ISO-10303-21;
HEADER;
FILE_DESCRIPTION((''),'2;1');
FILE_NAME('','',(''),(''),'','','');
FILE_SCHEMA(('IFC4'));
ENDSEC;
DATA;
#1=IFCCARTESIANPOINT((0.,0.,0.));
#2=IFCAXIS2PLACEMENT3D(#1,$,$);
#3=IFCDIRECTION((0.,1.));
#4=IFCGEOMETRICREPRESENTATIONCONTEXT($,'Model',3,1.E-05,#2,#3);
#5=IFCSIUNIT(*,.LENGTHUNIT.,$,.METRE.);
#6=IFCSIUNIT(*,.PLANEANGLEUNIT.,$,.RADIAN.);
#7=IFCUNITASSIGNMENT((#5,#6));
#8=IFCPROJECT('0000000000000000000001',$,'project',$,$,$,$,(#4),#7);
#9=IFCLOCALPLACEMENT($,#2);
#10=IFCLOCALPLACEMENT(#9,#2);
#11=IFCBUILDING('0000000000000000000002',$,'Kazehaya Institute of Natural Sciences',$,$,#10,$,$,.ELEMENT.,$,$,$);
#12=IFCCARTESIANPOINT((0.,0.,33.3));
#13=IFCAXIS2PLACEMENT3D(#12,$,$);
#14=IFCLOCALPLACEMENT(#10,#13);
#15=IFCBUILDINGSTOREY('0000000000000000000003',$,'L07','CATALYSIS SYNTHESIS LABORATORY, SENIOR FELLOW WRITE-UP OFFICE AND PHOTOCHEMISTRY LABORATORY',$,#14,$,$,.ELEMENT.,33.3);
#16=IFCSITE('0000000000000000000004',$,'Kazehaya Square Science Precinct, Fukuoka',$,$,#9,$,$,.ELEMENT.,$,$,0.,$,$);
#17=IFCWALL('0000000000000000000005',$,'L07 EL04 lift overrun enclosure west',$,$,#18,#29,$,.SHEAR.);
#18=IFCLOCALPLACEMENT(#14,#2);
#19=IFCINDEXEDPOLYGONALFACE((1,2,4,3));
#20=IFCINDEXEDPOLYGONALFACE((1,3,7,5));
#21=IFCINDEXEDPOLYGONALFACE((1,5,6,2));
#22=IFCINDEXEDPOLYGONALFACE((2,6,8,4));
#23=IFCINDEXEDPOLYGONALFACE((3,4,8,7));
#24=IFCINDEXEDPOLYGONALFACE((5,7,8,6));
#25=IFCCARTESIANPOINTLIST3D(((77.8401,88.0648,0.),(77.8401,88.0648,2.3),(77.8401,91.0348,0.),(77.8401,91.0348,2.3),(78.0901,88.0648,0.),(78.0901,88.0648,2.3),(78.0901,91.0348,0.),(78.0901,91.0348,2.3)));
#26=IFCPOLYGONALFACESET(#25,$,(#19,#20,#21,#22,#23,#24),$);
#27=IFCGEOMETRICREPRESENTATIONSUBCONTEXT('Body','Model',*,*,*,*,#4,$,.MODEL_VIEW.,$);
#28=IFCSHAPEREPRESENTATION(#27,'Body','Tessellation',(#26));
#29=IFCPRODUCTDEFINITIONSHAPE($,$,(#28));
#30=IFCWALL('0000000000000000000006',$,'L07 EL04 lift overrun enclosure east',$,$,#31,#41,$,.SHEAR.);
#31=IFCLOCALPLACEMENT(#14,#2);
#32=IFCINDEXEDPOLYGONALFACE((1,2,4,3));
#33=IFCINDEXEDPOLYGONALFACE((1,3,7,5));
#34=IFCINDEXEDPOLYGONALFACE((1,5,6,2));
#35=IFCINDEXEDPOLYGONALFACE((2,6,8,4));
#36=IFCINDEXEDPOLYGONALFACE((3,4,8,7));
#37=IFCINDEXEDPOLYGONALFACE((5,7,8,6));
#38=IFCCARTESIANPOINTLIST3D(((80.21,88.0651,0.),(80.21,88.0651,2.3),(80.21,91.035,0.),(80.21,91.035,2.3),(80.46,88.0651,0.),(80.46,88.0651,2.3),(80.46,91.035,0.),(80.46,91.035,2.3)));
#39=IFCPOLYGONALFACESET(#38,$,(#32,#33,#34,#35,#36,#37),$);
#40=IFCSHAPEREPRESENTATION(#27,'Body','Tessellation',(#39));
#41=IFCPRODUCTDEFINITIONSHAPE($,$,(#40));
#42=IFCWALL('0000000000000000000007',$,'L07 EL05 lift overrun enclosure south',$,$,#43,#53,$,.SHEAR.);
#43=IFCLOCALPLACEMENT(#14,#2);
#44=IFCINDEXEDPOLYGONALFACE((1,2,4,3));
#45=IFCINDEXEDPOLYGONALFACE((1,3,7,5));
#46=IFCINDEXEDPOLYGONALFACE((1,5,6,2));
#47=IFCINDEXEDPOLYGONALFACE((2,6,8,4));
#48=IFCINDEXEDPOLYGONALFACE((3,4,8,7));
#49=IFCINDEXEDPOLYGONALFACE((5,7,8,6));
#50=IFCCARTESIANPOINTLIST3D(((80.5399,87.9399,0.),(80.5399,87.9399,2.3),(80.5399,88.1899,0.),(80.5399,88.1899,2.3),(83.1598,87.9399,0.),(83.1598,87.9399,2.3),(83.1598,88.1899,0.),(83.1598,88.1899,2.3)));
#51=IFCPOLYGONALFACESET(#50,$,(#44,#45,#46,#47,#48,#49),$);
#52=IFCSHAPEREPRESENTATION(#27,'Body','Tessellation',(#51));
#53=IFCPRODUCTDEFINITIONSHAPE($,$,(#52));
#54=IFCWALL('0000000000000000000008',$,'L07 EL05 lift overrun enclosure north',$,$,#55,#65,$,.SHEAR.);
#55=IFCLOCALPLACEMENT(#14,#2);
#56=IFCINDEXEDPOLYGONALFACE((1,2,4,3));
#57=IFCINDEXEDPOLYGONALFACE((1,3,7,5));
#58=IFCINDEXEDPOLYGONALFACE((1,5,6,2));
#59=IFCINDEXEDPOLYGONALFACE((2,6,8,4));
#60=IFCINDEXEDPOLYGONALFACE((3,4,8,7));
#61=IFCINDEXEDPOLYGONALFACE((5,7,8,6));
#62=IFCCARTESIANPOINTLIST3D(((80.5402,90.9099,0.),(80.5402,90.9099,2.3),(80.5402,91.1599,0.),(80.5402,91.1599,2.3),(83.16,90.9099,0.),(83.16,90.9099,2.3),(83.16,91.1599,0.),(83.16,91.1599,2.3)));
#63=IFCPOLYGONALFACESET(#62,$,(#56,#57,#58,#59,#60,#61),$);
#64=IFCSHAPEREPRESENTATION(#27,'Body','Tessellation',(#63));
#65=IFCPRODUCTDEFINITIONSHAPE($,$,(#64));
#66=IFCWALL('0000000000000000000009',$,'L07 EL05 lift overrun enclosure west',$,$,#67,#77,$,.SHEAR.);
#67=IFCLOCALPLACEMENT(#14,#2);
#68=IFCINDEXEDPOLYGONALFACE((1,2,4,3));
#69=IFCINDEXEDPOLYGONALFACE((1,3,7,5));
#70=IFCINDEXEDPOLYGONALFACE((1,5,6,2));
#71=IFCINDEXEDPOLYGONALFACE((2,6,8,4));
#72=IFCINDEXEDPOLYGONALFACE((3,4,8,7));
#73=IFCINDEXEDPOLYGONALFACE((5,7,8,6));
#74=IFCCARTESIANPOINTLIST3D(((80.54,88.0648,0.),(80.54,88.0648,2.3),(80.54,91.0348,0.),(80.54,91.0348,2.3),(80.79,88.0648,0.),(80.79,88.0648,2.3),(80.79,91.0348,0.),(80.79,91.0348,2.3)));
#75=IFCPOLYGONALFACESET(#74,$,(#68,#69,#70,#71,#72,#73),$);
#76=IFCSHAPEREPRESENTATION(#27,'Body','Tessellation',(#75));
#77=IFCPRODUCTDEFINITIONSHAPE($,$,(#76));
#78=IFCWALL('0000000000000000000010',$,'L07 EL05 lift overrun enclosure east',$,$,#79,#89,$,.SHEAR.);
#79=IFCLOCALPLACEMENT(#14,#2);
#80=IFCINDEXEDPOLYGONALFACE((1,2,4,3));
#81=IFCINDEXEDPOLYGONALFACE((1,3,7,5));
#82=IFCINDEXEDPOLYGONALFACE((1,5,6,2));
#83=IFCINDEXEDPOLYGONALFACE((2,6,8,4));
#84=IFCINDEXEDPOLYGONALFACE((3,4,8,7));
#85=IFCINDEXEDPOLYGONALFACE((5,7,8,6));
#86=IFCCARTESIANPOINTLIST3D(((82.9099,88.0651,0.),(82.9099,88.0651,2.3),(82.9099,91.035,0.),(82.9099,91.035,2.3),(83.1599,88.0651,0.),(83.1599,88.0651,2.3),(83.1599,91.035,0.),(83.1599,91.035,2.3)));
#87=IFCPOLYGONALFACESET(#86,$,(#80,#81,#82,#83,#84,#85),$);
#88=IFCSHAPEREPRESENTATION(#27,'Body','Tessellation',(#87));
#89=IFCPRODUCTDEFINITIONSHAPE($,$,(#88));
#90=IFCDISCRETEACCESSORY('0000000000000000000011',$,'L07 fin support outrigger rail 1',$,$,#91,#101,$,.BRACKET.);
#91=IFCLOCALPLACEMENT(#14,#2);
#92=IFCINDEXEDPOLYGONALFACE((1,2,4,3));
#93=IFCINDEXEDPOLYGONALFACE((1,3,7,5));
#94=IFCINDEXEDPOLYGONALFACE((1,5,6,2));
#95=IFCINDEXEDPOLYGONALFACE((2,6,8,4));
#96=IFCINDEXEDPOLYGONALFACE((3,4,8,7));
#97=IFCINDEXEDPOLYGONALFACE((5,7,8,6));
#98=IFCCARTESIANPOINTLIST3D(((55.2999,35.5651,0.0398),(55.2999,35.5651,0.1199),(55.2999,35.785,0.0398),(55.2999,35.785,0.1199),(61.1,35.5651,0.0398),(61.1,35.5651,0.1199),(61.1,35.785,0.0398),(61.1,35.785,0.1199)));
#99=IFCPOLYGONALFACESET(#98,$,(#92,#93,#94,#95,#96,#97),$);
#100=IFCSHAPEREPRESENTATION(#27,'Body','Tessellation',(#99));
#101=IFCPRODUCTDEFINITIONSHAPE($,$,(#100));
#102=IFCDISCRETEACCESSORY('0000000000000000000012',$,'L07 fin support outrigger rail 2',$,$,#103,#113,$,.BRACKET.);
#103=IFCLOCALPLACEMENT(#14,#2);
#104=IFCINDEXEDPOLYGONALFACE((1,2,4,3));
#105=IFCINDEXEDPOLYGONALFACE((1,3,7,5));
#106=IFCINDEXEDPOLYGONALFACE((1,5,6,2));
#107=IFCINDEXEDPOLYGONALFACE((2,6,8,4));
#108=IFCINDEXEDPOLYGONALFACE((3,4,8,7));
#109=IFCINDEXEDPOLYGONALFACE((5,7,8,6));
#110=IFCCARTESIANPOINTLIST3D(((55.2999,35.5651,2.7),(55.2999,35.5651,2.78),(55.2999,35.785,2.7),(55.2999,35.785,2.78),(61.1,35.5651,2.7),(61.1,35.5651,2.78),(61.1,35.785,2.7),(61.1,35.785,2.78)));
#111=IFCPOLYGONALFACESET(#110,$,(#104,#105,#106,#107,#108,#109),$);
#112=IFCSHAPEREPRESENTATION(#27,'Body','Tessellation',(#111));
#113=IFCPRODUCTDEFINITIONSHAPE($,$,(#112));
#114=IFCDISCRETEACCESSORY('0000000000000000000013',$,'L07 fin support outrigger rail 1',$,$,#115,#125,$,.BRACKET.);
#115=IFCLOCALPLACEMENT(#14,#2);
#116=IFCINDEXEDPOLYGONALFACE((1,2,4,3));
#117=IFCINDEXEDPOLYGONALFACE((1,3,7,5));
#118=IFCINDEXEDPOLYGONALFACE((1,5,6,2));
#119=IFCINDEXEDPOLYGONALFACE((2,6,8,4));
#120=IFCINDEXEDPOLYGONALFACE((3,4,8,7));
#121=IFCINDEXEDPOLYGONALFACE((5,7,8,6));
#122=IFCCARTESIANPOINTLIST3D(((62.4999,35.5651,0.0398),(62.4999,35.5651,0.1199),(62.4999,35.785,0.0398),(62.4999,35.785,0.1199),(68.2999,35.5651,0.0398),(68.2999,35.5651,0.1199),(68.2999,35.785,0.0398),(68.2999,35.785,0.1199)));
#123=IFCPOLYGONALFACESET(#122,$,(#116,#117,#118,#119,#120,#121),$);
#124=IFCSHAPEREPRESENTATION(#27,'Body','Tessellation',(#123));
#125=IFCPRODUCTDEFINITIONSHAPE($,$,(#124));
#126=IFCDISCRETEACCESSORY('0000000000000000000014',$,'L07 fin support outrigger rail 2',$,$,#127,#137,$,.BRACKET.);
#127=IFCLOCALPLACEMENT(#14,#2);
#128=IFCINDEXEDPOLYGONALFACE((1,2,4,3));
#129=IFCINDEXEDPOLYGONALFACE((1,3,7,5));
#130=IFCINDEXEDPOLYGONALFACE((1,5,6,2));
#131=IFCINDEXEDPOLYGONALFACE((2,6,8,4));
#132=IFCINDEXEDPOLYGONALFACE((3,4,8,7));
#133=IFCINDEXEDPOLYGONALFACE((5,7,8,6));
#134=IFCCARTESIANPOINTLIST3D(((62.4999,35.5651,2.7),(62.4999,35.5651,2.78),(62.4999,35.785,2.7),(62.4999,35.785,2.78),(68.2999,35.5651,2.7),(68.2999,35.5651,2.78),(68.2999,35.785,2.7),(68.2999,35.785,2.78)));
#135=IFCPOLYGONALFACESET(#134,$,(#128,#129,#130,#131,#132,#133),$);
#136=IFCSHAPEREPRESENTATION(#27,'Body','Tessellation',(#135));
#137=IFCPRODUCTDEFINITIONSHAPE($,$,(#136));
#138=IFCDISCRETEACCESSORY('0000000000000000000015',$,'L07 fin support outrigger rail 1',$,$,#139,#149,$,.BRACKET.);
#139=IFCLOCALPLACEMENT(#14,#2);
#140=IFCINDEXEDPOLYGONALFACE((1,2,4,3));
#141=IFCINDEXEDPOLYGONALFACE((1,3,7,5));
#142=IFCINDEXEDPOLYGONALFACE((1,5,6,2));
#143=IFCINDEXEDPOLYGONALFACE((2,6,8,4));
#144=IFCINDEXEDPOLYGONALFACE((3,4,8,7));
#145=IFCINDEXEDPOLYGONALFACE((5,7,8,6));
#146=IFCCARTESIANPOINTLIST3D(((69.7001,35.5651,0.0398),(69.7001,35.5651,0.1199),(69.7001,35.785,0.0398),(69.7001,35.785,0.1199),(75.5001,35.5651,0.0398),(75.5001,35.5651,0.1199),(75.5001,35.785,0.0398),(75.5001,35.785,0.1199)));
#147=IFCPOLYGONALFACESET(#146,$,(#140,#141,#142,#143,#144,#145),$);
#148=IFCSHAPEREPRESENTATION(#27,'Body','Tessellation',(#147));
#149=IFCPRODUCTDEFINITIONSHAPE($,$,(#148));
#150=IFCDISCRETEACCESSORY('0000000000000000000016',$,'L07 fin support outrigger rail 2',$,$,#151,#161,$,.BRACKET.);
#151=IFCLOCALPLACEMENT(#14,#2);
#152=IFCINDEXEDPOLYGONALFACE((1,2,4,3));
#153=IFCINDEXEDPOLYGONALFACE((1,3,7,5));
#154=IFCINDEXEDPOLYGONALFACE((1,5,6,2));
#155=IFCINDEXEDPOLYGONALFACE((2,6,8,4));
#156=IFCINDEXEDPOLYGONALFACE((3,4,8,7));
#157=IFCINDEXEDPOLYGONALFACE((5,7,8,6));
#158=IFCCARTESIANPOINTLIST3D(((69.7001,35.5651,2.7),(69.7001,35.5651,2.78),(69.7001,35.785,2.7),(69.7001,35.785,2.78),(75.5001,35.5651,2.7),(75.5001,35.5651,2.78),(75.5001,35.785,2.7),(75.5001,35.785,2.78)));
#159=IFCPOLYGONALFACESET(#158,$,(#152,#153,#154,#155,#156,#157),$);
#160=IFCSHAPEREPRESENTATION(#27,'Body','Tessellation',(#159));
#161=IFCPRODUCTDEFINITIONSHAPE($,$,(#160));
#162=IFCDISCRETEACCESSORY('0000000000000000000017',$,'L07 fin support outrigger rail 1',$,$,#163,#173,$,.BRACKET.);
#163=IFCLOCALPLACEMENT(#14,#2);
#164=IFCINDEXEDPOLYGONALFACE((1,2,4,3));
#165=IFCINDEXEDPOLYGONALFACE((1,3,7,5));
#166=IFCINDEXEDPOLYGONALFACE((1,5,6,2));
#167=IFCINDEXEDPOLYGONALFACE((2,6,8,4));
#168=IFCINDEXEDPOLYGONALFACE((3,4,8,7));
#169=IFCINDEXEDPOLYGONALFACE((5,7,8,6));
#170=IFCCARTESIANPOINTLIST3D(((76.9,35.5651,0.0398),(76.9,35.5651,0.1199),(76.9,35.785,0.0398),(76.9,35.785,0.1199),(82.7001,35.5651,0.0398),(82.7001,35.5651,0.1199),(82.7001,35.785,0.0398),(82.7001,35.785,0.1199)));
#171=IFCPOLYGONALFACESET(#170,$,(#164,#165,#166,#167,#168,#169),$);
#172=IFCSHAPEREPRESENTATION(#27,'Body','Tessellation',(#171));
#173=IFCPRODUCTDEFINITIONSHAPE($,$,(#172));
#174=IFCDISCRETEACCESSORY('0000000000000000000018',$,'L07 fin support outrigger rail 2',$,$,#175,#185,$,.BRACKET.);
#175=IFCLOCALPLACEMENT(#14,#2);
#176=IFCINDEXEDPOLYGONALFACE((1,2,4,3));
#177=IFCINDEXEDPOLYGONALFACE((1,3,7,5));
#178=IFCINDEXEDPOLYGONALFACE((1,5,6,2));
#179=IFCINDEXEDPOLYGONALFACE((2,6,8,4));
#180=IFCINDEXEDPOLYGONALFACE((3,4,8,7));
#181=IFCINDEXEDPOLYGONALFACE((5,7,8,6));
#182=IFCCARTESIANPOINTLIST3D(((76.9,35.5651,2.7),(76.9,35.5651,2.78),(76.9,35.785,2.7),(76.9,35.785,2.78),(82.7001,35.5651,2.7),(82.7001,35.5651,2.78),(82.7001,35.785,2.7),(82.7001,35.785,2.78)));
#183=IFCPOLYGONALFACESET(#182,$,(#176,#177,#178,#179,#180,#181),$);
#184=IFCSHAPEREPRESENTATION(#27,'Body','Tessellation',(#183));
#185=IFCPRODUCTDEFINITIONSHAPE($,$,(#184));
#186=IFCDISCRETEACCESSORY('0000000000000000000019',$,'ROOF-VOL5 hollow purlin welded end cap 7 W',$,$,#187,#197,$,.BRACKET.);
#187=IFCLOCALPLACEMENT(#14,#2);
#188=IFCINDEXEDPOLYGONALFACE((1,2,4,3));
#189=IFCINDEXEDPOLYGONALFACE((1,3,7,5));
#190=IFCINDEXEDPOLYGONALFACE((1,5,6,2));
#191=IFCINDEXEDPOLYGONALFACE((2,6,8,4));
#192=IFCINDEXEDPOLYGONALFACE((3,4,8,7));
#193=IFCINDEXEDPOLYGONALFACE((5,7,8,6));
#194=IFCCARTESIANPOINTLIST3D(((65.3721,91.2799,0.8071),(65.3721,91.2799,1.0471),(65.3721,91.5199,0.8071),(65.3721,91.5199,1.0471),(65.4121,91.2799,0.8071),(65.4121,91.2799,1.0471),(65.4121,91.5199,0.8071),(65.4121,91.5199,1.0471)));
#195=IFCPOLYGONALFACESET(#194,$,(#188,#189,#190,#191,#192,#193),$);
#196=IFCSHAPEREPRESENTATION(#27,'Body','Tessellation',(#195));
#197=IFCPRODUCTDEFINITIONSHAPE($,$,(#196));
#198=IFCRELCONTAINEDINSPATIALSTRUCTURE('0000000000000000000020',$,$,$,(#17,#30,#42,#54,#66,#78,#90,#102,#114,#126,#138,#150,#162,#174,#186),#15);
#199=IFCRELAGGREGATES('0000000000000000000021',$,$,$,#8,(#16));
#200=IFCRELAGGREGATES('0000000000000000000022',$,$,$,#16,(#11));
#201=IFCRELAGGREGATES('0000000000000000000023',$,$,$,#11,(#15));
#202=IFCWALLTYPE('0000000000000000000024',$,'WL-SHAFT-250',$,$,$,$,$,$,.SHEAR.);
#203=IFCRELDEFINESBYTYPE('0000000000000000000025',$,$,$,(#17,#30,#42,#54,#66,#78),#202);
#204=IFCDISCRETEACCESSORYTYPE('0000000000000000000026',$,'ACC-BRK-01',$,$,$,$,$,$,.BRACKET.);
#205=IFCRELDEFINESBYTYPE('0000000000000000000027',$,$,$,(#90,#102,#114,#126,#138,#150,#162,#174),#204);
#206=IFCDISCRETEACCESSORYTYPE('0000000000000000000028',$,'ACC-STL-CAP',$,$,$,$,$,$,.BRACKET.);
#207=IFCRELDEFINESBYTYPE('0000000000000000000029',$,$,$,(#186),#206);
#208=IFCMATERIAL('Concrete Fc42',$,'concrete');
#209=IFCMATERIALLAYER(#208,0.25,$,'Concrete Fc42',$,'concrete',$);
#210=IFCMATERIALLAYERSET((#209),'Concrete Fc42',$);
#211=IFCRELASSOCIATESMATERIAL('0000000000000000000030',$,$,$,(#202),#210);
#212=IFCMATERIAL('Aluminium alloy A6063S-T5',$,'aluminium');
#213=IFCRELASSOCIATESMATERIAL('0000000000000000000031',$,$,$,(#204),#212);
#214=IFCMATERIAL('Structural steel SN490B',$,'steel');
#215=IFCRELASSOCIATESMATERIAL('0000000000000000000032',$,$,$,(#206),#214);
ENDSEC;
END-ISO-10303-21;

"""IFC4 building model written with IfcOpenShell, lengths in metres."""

from ifc_helpers import new_model, si_unit, direction, frame, frame_2d, origin, origin_2d, place, context, subcontext, project, spatial, rectangle, extrude, material, layer, layer_set, type_object, element, save


model = new_model("IFC4")

# Units and contexts
model_context = context("Model", 3, precision=1e-05, world=origin(), true_north=direction((0.0, 1.0)))
body_context = subcontext(model_context, "Body", "Model", "MODEL_VIEW")
ifc_project = project(units=[si_unit("LENGTHUNIT", "METRE"), si_unit("PLANEANGLEUNIT", "RADIAN")], contexts=[model_context])

# Site, building, storey
site_placement = place(None, origin())
site = spatial("IfcSite", under=ifc_project, at=site_placement, Name="Kazehaya Square Science Precinct, Fukuoka", CompositionType="ELEMENT", RefElevation=0.0)
building_placement = place(site_placement, origin())
building = spatial("IfcBuilding", under=site, at=building_placement, Name="Kazehaya Institute of Natural Sciences", CompositionType="ELEMENT")
storey_placement = place(building_placement, frame((0.0, 0.0, 33.3)))
storey = spatial("IfcBuildingStorey", under=building, at=storey_placement, Name="L07", Description="CATALYSIS SYNTHESIS LABORATORY, SENIOR FELLOW WRITE-UP OFFICE AND PHOTOCHEMISTRY LABORATORY", CompositionType="ELEMENT", Elevation=33.3)

# Shared definitions
ifc_material_1 = material(Name="Structural steel SN490B", Category="steel")

# Shared definitions
ifc_material_2 = material(Name="Aluminium alloy A6063S-T5", Category="aluminium")

# Walls
ifc_material_3 = material(Name="Concrete Fc42", Category="concrete")
ifc_layer_1 = layer(ifc_material_3, 0.25, Name="Concrete Fc42", Category="concrete")
ifc_layer_set_1 = layer_set([ifc_layer_1], Name="Concrete Fc42")
wall_type_1 = type_object("IfcWallType", Name="WL-SHAFT-250", PredefinedType="SHEAR", material=ifc_layer_set_1)
for number, where, z_axis, x_axis, name in (
    (1, (77.9651, 88.0649, 0.0), (0.0, 0.0, 1.0), (0.0, 1.0, 0.0), "L07 EL04 lift overrun enclosure west"),
    (2, (80.335, 91.0349, 0.0), (0.0, 0.0, 1.0), (0.0, -1.0, 0.0), "L07 EL04 lift overrun enclosure east"),
):
    element("IfcWall", number, at=place(storey_placement, frame(where, z_axis=z_axis, x_axis=x_axis)), inside=storey, type_object=wall_type_1, Name=name, PredefinedType="SHEAR", context=body_context, shape_type="SweptSolid", body=[
        extrude(rectangle(XDim=2.97, YDim=0.25, at=frame_2d((1.4849, 0.0))), origin(), (0.0, 0.0, 1.0), 2.3),
    ])
for number, where, z_axis, x_axis, name in (
    (3, (83.1599, 88.0649, 0.0), (0.0, 0.0, 1.0), (-1.0, 0.0, 0.0), "L07 EL05 lift overrun enclosure south"),
    (4, (80.54, 91.0349, 0.0), (0.0, 0.0, 1.0), (1.0, 0.0, 0.0), "L07 EL05 lift overrun enclosure north"),
):
    element("IfcWall", number, at=place(storey_placement, frame(where, z_axis=z_axis, x_axis=x_axis)), inside=storey, type_object=wall_type_1, Name=name, PredefinedType="SHEAR", context=body_context, shape_type="SweptSolid", body=[
        extrude(rectangle(XDim=2.6199, YDim=0.25, at=frame_2d((1.3101, 0.0))), origin(), (0.0, 0.0, 1.0), 2.3),
    ])
for number, where, z_axis, x_axis, name in (
    (5, (80.665, 88.0649, 0.0), (0.0, 0.0, 1.0), (0.0, 1.0, 0.0), "L07 EL05 lift overrun enclosure west"),
    (6, (83.0349, 91.0349, 0.0), (0.0, 0.0, 1.0), (0.0, -1.0, 0.0), "L07 EL05 lift overrun enclosure east"),
):
    element("IfcWall", number, at=place(storey_placement, frame(where, z_axis=z_axis, x_axis=x_axis)), inside=storey, type_object=wall_type_1, Name=name, PredefinedType="SHEAR", context=body_context, shape_type="SweptSolid", body=[
        extrude(rectangle(XDim=2.97, YDim=0.25, at=frame_2d((1.4849, 0.0))), origin(), (0.0, 0.0, 1.0), 2.3),
    ])

# Discrete accessories
discrete_accessory_type_1 = type_object("IfcDiscreteAccessoryType", Name="ACC-BRK-01", PredefinedType="BRACKET", material=ifc_material_2)
for number, where, z_axis, x_axis, name in (
    (7, (58.2, 35.675, 0.0398), (0.0, 0.0, 1.0), (1.0, 0.0, 0.0), "L07 fin support outrigger rail 1"),
    (8, (58.2, 35.675, 2.7), (0.0, 0.0, 1.0), (1.0, 0.0, 0.0), "L07 fin support outrigger rail 2"),
    (9, (65.3999, 35.675, 0.0398), (0.0, 0.0, 1.0), (1.0, 0.0, 0.0), "L07 fin support outrigger rail 1"),
    (10, (65.3999, 35.675, 2.7), (0.0, 0.0, 1.0), (1.0, 0.0, 0.0), "L07 fin support outrigger rail 2"),
    (11, (72.6001, 35.675, 0.0398), (0.0, 0.0, 1.0), (1.0, 0.0, 0.0), "L07 fin support outrigger rail 1"),
    (12, (72.6001, 35.675, 2.7), (0.0, 0.0, 1.0), (1.0, 0.0, 0.0), "L07 fin support outrigger rail 2"),
    (13, (79.8, 35.675, 0.0398), (0.0, 0.0, 1.0), (1.0, 0.0, 0.0), "L07 fin support outrigger rail 1"),
    (14, (79.8, 35.675, 2.7), (0.0, 0.0, 1.0), (1.0, 0.0, 0.0), "L07 fin support outrigger rail 2"),
):
    element("IfcDiscreteAccessory", number, at=place(storey_placement, frame(where, z_axis=z_axis, x_axis=x_axis)), inside=storey, type_object=discrete_accessory_type_1, Name=name, PredefinedType="BRACKET", context=body_context, shape_type="SweptSolid", body=[
        extrude(rectangle(XDim=5.8, YDim=0.22, at=origin_2d()), origin(), (0.0, 0.0, 1.0), 0.0801),
    ])
discrete_accessory_type_2 = type_object("IfcDiscreteAccessoryType", Name="ACC-STL-CAP", PredefinedType="BRACKET", material=ifc_material_1)
discrete_accessory_placement = place(storey_placement, frame((65.3921, 91.3999, 0.8071), z_axis=(0.0, 0.0, 1.0), x_axis=(1.0, 0.0, 0.0)))
element("IfcDiscreteAccessory", 15, at=discrete_accessory_placement, inside=storey, type_object=discrete_accessory_type_2, Name="ROOF-VOL5 hollow purlin welded end cap 7 W", PredefinedType="BRACKET", context=body_context, shape_type="SweptSolid", body=[
    extrude(rectangle(XDim=0.04, YDim=0.24, at=origin_2d()), origin(), (0.0, 0.0, 1.0), 0.24),
])

save(model, "model.ifc")
